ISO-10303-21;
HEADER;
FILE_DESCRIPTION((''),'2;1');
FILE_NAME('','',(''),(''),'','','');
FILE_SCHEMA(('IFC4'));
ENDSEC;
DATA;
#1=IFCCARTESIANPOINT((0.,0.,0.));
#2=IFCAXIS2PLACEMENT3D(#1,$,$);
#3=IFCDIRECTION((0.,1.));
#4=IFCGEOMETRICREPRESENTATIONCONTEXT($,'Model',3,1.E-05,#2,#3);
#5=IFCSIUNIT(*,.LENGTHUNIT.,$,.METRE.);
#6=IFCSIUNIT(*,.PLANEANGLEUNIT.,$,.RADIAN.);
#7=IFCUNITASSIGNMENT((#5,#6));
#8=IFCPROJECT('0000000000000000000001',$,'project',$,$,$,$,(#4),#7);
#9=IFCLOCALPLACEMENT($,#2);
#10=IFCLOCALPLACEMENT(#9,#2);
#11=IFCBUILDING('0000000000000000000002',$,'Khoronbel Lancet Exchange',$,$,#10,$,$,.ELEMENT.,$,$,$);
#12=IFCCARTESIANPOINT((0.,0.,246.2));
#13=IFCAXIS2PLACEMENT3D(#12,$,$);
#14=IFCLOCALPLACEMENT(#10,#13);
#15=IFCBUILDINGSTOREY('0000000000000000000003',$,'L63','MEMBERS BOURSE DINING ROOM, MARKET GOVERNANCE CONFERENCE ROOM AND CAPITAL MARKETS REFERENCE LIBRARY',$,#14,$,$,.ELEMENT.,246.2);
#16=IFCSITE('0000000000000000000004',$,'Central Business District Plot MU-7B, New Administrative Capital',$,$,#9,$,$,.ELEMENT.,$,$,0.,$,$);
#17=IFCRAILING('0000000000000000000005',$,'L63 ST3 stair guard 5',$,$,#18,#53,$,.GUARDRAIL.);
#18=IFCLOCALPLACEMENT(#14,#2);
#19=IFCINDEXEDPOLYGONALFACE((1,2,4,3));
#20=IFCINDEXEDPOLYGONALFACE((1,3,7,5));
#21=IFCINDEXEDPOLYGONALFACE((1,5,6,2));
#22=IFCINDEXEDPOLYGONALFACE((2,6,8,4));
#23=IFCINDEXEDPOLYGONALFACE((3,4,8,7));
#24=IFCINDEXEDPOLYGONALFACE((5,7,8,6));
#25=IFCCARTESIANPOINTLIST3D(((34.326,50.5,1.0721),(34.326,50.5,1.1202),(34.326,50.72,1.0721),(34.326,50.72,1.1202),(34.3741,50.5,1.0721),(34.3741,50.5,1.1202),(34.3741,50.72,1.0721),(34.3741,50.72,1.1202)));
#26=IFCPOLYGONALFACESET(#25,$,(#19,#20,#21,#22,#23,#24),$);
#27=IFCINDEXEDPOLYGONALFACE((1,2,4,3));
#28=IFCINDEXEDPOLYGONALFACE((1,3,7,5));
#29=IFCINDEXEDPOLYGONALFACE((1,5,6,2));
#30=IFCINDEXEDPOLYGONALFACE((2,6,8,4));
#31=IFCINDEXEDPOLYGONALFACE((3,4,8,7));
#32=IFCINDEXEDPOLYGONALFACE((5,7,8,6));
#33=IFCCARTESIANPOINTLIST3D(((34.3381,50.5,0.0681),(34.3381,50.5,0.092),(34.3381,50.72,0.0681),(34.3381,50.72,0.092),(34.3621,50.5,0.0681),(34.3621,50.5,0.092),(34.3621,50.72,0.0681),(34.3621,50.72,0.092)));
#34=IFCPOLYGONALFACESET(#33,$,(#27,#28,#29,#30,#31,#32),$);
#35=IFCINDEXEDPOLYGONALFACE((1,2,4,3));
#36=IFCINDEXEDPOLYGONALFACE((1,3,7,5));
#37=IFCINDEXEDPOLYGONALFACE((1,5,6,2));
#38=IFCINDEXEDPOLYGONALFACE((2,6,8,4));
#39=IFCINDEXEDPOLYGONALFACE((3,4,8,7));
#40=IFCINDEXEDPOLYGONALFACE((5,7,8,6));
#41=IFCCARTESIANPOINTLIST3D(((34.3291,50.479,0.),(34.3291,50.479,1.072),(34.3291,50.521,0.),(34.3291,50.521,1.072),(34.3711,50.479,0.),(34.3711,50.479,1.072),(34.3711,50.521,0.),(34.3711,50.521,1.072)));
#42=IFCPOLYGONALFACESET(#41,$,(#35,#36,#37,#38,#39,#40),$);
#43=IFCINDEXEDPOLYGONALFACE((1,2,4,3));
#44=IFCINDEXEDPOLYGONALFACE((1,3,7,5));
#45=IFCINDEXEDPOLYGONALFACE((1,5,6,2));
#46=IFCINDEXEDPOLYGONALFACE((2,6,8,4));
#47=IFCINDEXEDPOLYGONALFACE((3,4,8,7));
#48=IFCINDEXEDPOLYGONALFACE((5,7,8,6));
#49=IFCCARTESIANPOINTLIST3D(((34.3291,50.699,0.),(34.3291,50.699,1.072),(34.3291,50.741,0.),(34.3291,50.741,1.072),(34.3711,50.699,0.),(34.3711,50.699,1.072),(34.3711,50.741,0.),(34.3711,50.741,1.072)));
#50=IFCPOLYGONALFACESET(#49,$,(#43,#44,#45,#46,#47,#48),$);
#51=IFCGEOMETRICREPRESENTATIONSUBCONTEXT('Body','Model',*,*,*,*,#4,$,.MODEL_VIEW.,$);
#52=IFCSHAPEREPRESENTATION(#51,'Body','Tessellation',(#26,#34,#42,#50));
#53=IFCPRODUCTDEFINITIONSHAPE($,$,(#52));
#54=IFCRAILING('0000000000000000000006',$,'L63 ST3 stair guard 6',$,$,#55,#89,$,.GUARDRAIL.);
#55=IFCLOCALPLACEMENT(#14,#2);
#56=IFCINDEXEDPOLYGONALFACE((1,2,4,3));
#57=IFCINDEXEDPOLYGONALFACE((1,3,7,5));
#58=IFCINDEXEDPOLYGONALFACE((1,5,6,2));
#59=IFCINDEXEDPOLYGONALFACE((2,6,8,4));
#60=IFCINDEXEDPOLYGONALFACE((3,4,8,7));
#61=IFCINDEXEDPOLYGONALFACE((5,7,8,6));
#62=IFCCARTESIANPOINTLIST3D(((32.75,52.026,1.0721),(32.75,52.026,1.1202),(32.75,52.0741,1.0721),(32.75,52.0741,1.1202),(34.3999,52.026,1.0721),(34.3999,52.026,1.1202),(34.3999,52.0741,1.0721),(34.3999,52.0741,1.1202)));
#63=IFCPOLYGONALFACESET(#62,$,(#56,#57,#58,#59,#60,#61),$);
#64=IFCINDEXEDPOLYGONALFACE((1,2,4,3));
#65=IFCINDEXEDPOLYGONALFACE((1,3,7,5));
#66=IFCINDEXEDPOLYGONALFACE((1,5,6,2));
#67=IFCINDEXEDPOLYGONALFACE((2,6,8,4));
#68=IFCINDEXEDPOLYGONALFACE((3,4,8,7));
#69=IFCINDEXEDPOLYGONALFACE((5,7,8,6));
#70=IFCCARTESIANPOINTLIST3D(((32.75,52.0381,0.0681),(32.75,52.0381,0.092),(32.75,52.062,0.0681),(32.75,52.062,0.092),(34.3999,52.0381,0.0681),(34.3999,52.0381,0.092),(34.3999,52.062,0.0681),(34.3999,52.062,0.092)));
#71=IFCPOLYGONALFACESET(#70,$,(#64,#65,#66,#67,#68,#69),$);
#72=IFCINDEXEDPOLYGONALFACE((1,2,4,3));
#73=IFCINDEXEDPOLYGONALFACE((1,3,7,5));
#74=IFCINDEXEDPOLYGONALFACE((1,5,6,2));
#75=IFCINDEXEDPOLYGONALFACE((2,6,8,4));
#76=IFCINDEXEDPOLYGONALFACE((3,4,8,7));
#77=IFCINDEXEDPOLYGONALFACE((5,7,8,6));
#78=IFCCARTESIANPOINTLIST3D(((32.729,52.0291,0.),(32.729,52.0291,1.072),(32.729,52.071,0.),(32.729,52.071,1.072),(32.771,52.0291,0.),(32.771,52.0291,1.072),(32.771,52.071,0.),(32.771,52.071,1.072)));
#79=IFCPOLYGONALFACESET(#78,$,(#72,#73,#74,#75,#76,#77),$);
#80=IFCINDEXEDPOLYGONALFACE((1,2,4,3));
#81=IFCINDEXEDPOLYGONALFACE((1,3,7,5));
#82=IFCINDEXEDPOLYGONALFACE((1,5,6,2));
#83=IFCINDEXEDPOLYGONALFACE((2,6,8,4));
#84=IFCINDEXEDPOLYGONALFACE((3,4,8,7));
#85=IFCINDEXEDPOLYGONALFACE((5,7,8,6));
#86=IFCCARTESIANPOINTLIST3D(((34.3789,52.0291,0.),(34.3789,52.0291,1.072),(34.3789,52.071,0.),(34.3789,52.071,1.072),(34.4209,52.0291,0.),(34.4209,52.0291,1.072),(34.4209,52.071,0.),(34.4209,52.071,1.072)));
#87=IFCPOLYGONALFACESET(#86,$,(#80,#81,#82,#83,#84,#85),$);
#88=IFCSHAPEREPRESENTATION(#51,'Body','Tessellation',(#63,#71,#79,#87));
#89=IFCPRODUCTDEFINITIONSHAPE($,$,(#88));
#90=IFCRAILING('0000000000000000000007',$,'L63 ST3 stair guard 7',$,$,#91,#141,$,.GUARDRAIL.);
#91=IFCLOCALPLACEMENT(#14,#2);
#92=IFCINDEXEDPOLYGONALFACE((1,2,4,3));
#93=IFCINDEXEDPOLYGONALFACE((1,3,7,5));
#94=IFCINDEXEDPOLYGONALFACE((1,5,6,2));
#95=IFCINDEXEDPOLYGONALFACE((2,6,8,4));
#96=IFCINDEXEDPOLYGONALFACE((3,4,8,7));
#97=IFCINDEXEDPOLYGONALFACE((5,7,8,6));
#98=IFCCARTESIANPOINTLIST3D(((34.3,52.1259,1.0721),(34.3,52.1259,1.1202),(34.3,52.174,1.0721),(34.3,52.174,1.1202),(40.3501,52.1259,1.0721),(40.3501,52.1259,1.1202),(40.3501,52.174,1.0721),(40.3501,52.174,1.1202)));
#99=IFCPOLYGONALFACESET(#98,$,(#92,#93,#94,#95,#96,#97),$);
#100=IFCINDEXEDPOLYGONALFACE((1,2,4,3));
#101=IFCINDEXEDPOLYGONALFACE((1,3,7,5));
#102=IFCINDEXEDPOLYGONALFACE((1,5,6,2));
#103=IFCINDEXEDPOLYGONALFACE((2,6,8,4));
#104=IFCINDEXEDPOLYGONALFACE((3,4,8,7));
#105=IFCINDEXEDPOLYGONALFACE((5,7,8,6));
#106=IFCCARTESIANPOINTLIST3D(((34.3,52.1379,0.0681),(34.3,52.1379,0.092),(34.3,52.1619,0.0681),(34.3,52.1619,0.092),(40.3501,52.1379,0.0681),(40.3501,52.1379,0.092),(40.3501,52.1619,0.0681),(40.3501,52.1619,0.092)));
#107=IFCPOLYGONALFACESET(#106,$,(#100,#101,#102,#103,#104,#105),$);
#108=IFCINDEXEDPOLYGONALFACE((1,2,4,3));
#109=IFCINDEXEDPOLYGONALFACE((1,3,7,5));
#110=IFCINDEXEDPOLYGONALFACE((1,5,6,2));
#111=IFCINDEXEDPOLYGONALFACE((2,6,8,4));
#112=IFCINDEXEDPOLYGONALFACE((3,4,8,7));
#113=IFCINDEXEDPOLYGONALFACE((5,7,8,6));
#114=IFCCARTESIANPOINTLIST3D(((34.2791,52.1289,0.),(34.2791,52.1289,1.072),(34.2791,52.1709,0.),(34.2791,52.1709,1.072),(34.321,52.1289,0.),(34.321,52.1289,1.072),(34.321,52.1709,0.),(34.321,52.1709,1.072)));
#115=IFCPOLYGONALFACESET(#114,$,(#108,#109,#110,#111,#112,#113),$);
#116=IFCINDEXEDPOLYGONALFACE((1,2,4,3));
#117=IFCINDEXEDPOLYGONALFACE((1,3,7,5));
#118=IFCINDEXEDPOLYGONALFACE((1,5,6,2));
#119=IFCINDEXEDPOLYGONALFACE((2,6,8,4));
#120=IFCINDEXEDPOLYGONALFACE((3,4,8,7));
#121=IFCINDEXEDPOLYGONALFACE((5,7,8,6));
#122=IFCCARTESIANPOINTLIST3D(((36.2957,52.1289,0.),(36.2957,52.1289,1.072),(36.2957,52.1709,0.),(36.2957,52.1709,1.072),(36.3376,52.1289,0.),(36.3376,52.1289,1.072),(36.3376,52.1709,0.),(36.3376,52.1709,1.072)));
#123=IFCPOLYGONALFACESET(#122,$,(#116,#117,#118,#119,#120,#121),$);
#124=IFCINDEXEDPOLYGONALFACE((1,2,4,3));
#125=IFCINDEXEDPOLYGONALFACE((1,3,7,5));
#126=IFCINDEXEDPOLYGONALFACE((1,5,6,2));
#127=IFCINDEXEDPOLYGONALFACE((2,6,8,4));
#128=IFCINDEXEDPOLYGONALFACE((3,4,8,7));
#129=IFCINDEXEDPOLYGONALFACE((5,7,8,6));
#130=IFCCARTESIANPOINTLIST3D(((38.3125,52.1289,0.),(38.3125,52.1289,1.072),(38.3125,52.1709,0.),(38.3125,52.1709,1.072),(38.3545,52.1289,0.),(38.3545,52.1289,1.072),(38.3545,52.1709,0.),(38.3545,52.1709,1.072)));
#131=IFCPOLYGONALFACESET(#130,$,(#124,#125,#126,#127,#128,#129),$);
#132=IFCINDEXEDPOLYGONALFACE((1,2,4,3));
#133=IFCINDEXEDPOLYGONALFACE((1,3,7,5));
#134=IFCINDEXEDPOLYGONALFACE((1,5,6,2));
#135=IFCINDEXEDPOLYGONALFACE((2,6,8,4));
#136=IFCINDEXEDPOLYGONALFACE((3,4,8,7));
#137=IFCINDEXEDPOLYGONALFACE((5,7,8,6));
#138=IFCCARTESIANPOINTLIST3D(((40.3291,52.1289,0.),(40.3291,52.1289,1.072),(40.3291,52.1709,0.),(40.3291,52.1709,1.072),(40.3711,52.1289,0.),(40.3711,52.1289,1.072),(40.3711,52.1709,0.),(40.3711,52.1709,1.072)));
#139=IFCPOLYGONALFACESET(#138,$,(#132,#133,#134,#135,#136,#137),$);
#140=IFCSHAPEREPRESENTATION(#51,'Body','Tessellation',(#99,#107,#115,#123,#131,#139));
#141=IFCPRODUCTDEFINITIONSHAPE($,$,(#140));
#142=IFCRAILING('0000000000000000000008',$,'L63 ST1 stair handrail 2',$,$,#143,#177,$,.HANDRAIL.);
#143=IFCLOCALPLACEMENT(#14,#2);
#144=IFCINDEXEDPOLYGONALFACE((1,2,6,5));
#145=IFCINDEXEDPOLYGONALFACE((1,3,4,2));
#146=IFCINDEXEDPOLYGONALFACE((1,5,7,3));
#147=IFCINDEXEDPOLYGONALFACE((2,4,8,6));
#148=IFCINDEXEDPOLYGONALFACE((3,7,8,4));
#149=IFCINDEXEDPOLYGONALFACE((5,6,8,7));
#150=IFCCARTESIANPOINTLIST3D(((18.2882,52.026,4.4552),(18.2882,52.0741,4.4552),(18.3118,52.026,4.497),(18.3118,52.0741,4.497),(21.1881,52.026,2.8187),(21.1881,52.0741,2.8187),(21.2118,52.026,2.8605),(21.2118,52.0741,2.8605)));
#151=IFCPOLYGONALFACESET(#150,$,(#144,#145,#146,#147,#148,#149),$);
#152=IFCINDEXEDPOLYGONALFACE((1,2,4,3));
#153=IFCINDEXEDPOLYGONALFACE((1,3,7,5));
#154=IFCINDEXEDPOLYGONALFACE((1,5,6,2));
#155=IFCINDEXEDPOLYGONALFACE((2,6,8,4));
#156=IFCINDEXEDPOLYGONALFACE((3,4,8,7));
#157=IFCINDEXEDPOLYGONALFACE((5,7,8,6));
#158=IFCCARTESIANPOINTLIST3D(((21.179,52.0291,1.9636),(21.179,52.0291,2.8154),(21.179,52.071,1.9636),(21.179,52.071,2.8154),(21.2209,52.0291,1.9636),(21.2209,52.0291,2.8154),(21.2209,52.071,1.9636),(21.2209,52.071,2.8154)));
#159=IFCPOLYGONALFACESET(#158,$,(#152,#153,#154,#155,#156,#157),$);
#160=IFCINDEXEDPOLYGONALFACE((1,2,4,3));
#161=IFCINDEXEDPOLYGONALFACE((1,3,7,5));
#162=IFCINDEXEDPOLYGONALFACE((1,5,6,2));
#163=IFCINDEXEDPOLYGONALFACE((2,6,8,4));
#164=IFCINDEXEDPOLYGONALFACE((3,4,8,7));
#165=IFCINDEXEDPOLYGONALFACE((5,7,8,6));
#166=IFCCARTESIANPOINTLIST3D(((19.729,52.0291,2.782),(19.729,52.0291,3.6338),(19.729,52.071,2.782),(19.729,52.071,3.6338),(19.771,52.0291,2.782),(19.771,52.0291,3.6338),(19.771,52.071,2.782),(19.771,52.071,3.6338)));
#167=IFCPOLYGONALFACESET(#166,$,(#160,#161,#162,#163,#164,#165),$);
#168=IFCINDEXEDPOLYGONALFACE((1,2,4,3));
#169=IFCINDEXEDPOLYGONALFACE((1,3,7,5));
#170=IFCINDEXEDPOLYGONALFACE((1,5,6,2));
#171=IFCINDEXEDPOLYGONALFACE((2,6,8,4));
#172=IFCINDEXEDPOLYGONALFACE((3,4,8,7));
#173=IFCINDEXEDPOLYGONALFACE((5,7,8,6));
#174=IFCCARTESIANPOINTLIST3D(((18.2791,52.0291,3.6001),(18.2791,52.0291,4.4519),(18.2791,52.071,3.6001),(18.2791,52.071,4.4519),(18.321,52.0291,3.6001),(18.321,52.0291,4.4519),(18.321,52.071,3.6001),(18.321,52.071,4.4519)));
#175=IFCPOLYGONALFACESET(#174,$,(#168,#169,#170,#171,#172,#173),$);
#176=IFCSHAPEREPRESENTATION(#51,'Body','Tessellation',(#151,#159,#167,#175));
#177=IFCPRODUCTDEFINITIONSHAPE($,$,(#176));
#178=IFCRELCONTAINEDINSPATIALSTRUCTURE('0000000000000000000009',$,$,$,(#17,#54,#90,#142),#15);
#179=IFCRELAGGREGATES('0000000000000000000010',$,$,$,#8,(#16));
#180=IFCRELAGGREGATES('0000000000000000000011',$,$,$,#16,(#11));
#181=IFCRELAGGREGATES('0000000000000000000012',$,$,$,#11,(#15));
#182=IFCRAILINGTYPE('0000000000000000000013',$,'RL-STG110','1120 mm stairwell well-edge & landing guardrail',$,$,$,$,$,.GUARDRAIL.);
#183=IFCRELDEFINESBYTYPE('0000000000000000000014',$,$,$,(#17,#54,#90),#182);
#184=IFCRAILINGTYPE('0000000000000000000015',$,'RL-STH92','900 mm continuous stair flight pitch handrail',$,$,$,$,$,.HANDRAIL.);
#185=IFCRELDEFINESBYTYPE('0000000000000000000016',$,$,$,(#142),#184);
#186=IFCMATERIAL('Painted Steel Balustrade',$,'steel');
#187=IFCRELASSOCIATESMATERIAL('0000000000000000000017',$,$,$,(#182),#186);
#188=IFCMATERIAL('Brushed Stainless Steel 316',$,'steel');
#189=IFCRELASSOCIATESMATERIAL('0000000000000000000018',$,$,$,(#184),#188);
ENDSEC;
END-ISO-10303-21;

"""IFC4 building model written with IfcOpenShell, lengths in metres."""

from ifc_helpers import new_model, si_unit, direction, frame, origin, origin_2d, place, context, subcontext, project, spatial, rectangle, extrude, material, type_object, element, save


model = new_model("IFC4")

# Units and contexts
model_context = context("Model", 3, precision=1e-05, world=origin(), true_north=direction((0.0, 1.0)))
body_context = subcontext(model_context, "Body", "Model", "MODEL_VIEW")
ifc_project = project(units=[si_unit("LENGTHUNIT", "METRE"), si_unit("PLANEANGLEUNIT", "RADIAN")], contexts=[model_context])

# Site, building, storey
site_placement = place(None, origin())
site = spatial("IfcSite", under=ifc_project, at=site_placement, Name="Central Business District Plot MU-7B, New Administrative Capital", CompositionType="ELEMENT", RefElevation=0.0)
building_placement = place(site_placement, origin())
building = spatial("IfcBuilding", under=site, at=building_placement, Name="Khoronbel Lancet Exchange", CompositionType="ELEMENT")
storey_placement = place(building_placement, frame((0.0, 0.0, 246.2)))
storey = spatial("IfcBuildingStorey", under=building, at=storey_placement, Name="L63", Description="MEMBERS BOURSE DINING ROOM, MARKET GOVERNANCE CONFERENCE ROOM AND CAPITAL MARKETS REFERENCE LIBRARY", CompositionType="ELEMENT", Elevation=246.2)

# Railings
ifc_material_1 = material(Name="Painted Steel Balustrade", Category="steel")
railing_type_1 = type_object("IfcRailingType", Name="RL-STG110", Description="1120 mm stairwell well-edge & landing guardrail", PredefinedType="GUARDRAIL", material=ifc_material_1)
railing_1_placement = place(storey_placement, frame((34.3501, 50.5, 0.0)))
element("IfcRailing", 1, at=railing_1_placement, inside=storey, type_object=railing_type_1, Name="L63 ST3 stair guard 5", PredefinedType="GUARDRAIL", context=body_context, shape_type="SweptSolid", body=[
    extrude(rectangle(XDim=0.0481, YDim=0.0481, at=origin_2d()), frame((0.0, 0.0, 1.0962), z_axis=(0.0, 1.0, 0.0), x_axis=(-1.0, 0.0, 0.0)), (0.0, 0.0, 1.0), 0.22),
    extrude(rectangle(XDim=0.0239, YDim=0.0239, at=origin_2d()), frame((0.0, 0.0, 0.0801), z_axis=(0.0, 1.0, 0.0), x_axis=(-1.0, 0.0, 0.0)), (0.0, 0.0, 1.0), 0.22),
    extrude(rectangle(XDim=0.042, YDim=0.042, at=origin_2d()), origin(), (0.0, 0.0, 1.0), 1.072),
    extrude(rectangle(XDim=0.042, YDim=0.042, at=origin_2d()), frame((0.0, 0.22, 0.0)), (0.0, 0.0, 1.0), 1.072),
])
railing_2_placement = place(storey_placement, frame((32.75, 52.05, 0.0)))
element("IfcRailing", 2, at=railing_2_placement, inside=storey, type_object=railing_type_1, Name="L63 ST3 stair guard 6", PredefinedType="GUARDRAIL", context=body_context, shape_type="SweptSolid", body=[
    extrude(rectangle(XDim=0.0481, YDim=0.0481, at=origin_2d()), frame((0.0, 0.0, 1.0962), z_axis=(1.0, 0.0, 0.0), x_axis=(0.0, 1.0, 0.0)), (0.0, 0.0, 1.0), 1.6499),
    extrude(rectangle(XDim=0.0239, YDim=0.0239, at=origin_2d()), frame((0.0, 0.0, 0.0801), z_axis=(1.0, 0.0, 0.0), x_axis=(0.0, 1.0, 0.0)), (0.0, 0.0, 1.0), 1.6499),
    extrude(rectangle(XDim=0.042, YDim=0.042, at=origin_2d()), origin(), (0.0, 0.0, 1.0), 1.072),
    extrude(rectangle(XDim=0.042, YDim=0.042, at=origin_2d()), frame((1.6499, 0.0, 0.0)), (0.0, 0.0, 1.0), 1.072),
])
railing_3_placement = place(storey_placement, frame((34.3, 52.1499, 0.0)))
element("IfcRailing", 3, at=railing_3_placement, inside=storey, type_object=railing_type_1, Name="L63 ST3 stair guard 7", PredefinedType="GUARDRAIL", context=body_context, shape_type="SweptSolid", body=[
    extrude(rectangle(XDim=0.0481, YDim=0.0481, at=origin_2d()), frame((0.0, 0.0, 1.0962), z_axis=(1.0, 0.0, 0.0), x_axis=(0.0, 1.0, 0.0)), (0.0, 0.0, 1.0), 6.05),
    extrude(rectangle(XDim=0.0239, YDim=0.0239, at=origin_2d()), frame((0.0, 0.0, 0.0801), z_axis=(1.0, 0.0, 0.0), x_axis=(0.0, 1.0, 0.0)), (0.0, 0.0, 1.0), 6.05),
    extrude(rectangle(XDim=0.042, YDim=0.042, at=origin_2d()), origin(), (0.0, 0.0, 1.0), 1.072),
    extrude(rectangle(XDim=0.042, YDim=0.042, at=origin_2d()), frame((2.0166, 0.0, 0.0)), (0.0, 0.0, 1.0), 1.072),
    extrude(rectangle(XDim=0.042, YDim=0.042, at=origin_2d()), frame((4.0334, 0.0, 0.0)), (0.0, 0.0, 1.0), 1.072),
    extrude(rectangle(XDim=0.042, YDim=0.042, at=origin_2d()), frame((6.05, 0.0, 0.0)), (0.0, 0.0, 1.0), 1.072),
])
ifc_material_2 = material(Name="Brushed Stainless Steel 316", Category="steel")
railing_type_2 = type_object("IfcRailingType", Name="RL-STH92", Description="900 mm continuous stair flight pitch handrail", PredefinedType="HANDRAIL", material=ifc_material_2)
railing_4_placement = place(storey_placement, frame((21.2, 52.05, 1.9636)))
element("IfcRailing", 4, at=railing_4_placement, inside=storey, type_object=railing_type_2, Name="L63 ST1 stair handrail 2", PredefinedType="HANDRAIL", context=body_context, shape_type="SweptSolid", body=[
    extrude(rectangle(XDim=0.0481, YDim=0.0481, at=origin_2d()), frame((0.0, 0.0, 0.876), z_axis=(-0.870897, 0.0, 0.491465), x_axis=(0.0, -1.0, 0.0)), (0.0, 0.0, 1.0), 3.3298),
    extrude(rectangle(XDim=0.042, YDim=0.042, at=origin_2d()), origin(), (0.0, 0.0, 1.0), 0.8518),
    extrude(rectangle(XDim=0.042, YDim=0.042, at=origin_2d()), frame((-1.45, 0.0, 0.8184)), (0.0, 0.0, 1.0), 0.8518),
    extrude(rectangle(XDim=0.042, YDim=0.042, at=origin_2d()), frame((-2.8999, 0.0, 1.6365)), (0.0, 0.0, 1.0), 0.8518),
])

save(model, "model.ifc")
